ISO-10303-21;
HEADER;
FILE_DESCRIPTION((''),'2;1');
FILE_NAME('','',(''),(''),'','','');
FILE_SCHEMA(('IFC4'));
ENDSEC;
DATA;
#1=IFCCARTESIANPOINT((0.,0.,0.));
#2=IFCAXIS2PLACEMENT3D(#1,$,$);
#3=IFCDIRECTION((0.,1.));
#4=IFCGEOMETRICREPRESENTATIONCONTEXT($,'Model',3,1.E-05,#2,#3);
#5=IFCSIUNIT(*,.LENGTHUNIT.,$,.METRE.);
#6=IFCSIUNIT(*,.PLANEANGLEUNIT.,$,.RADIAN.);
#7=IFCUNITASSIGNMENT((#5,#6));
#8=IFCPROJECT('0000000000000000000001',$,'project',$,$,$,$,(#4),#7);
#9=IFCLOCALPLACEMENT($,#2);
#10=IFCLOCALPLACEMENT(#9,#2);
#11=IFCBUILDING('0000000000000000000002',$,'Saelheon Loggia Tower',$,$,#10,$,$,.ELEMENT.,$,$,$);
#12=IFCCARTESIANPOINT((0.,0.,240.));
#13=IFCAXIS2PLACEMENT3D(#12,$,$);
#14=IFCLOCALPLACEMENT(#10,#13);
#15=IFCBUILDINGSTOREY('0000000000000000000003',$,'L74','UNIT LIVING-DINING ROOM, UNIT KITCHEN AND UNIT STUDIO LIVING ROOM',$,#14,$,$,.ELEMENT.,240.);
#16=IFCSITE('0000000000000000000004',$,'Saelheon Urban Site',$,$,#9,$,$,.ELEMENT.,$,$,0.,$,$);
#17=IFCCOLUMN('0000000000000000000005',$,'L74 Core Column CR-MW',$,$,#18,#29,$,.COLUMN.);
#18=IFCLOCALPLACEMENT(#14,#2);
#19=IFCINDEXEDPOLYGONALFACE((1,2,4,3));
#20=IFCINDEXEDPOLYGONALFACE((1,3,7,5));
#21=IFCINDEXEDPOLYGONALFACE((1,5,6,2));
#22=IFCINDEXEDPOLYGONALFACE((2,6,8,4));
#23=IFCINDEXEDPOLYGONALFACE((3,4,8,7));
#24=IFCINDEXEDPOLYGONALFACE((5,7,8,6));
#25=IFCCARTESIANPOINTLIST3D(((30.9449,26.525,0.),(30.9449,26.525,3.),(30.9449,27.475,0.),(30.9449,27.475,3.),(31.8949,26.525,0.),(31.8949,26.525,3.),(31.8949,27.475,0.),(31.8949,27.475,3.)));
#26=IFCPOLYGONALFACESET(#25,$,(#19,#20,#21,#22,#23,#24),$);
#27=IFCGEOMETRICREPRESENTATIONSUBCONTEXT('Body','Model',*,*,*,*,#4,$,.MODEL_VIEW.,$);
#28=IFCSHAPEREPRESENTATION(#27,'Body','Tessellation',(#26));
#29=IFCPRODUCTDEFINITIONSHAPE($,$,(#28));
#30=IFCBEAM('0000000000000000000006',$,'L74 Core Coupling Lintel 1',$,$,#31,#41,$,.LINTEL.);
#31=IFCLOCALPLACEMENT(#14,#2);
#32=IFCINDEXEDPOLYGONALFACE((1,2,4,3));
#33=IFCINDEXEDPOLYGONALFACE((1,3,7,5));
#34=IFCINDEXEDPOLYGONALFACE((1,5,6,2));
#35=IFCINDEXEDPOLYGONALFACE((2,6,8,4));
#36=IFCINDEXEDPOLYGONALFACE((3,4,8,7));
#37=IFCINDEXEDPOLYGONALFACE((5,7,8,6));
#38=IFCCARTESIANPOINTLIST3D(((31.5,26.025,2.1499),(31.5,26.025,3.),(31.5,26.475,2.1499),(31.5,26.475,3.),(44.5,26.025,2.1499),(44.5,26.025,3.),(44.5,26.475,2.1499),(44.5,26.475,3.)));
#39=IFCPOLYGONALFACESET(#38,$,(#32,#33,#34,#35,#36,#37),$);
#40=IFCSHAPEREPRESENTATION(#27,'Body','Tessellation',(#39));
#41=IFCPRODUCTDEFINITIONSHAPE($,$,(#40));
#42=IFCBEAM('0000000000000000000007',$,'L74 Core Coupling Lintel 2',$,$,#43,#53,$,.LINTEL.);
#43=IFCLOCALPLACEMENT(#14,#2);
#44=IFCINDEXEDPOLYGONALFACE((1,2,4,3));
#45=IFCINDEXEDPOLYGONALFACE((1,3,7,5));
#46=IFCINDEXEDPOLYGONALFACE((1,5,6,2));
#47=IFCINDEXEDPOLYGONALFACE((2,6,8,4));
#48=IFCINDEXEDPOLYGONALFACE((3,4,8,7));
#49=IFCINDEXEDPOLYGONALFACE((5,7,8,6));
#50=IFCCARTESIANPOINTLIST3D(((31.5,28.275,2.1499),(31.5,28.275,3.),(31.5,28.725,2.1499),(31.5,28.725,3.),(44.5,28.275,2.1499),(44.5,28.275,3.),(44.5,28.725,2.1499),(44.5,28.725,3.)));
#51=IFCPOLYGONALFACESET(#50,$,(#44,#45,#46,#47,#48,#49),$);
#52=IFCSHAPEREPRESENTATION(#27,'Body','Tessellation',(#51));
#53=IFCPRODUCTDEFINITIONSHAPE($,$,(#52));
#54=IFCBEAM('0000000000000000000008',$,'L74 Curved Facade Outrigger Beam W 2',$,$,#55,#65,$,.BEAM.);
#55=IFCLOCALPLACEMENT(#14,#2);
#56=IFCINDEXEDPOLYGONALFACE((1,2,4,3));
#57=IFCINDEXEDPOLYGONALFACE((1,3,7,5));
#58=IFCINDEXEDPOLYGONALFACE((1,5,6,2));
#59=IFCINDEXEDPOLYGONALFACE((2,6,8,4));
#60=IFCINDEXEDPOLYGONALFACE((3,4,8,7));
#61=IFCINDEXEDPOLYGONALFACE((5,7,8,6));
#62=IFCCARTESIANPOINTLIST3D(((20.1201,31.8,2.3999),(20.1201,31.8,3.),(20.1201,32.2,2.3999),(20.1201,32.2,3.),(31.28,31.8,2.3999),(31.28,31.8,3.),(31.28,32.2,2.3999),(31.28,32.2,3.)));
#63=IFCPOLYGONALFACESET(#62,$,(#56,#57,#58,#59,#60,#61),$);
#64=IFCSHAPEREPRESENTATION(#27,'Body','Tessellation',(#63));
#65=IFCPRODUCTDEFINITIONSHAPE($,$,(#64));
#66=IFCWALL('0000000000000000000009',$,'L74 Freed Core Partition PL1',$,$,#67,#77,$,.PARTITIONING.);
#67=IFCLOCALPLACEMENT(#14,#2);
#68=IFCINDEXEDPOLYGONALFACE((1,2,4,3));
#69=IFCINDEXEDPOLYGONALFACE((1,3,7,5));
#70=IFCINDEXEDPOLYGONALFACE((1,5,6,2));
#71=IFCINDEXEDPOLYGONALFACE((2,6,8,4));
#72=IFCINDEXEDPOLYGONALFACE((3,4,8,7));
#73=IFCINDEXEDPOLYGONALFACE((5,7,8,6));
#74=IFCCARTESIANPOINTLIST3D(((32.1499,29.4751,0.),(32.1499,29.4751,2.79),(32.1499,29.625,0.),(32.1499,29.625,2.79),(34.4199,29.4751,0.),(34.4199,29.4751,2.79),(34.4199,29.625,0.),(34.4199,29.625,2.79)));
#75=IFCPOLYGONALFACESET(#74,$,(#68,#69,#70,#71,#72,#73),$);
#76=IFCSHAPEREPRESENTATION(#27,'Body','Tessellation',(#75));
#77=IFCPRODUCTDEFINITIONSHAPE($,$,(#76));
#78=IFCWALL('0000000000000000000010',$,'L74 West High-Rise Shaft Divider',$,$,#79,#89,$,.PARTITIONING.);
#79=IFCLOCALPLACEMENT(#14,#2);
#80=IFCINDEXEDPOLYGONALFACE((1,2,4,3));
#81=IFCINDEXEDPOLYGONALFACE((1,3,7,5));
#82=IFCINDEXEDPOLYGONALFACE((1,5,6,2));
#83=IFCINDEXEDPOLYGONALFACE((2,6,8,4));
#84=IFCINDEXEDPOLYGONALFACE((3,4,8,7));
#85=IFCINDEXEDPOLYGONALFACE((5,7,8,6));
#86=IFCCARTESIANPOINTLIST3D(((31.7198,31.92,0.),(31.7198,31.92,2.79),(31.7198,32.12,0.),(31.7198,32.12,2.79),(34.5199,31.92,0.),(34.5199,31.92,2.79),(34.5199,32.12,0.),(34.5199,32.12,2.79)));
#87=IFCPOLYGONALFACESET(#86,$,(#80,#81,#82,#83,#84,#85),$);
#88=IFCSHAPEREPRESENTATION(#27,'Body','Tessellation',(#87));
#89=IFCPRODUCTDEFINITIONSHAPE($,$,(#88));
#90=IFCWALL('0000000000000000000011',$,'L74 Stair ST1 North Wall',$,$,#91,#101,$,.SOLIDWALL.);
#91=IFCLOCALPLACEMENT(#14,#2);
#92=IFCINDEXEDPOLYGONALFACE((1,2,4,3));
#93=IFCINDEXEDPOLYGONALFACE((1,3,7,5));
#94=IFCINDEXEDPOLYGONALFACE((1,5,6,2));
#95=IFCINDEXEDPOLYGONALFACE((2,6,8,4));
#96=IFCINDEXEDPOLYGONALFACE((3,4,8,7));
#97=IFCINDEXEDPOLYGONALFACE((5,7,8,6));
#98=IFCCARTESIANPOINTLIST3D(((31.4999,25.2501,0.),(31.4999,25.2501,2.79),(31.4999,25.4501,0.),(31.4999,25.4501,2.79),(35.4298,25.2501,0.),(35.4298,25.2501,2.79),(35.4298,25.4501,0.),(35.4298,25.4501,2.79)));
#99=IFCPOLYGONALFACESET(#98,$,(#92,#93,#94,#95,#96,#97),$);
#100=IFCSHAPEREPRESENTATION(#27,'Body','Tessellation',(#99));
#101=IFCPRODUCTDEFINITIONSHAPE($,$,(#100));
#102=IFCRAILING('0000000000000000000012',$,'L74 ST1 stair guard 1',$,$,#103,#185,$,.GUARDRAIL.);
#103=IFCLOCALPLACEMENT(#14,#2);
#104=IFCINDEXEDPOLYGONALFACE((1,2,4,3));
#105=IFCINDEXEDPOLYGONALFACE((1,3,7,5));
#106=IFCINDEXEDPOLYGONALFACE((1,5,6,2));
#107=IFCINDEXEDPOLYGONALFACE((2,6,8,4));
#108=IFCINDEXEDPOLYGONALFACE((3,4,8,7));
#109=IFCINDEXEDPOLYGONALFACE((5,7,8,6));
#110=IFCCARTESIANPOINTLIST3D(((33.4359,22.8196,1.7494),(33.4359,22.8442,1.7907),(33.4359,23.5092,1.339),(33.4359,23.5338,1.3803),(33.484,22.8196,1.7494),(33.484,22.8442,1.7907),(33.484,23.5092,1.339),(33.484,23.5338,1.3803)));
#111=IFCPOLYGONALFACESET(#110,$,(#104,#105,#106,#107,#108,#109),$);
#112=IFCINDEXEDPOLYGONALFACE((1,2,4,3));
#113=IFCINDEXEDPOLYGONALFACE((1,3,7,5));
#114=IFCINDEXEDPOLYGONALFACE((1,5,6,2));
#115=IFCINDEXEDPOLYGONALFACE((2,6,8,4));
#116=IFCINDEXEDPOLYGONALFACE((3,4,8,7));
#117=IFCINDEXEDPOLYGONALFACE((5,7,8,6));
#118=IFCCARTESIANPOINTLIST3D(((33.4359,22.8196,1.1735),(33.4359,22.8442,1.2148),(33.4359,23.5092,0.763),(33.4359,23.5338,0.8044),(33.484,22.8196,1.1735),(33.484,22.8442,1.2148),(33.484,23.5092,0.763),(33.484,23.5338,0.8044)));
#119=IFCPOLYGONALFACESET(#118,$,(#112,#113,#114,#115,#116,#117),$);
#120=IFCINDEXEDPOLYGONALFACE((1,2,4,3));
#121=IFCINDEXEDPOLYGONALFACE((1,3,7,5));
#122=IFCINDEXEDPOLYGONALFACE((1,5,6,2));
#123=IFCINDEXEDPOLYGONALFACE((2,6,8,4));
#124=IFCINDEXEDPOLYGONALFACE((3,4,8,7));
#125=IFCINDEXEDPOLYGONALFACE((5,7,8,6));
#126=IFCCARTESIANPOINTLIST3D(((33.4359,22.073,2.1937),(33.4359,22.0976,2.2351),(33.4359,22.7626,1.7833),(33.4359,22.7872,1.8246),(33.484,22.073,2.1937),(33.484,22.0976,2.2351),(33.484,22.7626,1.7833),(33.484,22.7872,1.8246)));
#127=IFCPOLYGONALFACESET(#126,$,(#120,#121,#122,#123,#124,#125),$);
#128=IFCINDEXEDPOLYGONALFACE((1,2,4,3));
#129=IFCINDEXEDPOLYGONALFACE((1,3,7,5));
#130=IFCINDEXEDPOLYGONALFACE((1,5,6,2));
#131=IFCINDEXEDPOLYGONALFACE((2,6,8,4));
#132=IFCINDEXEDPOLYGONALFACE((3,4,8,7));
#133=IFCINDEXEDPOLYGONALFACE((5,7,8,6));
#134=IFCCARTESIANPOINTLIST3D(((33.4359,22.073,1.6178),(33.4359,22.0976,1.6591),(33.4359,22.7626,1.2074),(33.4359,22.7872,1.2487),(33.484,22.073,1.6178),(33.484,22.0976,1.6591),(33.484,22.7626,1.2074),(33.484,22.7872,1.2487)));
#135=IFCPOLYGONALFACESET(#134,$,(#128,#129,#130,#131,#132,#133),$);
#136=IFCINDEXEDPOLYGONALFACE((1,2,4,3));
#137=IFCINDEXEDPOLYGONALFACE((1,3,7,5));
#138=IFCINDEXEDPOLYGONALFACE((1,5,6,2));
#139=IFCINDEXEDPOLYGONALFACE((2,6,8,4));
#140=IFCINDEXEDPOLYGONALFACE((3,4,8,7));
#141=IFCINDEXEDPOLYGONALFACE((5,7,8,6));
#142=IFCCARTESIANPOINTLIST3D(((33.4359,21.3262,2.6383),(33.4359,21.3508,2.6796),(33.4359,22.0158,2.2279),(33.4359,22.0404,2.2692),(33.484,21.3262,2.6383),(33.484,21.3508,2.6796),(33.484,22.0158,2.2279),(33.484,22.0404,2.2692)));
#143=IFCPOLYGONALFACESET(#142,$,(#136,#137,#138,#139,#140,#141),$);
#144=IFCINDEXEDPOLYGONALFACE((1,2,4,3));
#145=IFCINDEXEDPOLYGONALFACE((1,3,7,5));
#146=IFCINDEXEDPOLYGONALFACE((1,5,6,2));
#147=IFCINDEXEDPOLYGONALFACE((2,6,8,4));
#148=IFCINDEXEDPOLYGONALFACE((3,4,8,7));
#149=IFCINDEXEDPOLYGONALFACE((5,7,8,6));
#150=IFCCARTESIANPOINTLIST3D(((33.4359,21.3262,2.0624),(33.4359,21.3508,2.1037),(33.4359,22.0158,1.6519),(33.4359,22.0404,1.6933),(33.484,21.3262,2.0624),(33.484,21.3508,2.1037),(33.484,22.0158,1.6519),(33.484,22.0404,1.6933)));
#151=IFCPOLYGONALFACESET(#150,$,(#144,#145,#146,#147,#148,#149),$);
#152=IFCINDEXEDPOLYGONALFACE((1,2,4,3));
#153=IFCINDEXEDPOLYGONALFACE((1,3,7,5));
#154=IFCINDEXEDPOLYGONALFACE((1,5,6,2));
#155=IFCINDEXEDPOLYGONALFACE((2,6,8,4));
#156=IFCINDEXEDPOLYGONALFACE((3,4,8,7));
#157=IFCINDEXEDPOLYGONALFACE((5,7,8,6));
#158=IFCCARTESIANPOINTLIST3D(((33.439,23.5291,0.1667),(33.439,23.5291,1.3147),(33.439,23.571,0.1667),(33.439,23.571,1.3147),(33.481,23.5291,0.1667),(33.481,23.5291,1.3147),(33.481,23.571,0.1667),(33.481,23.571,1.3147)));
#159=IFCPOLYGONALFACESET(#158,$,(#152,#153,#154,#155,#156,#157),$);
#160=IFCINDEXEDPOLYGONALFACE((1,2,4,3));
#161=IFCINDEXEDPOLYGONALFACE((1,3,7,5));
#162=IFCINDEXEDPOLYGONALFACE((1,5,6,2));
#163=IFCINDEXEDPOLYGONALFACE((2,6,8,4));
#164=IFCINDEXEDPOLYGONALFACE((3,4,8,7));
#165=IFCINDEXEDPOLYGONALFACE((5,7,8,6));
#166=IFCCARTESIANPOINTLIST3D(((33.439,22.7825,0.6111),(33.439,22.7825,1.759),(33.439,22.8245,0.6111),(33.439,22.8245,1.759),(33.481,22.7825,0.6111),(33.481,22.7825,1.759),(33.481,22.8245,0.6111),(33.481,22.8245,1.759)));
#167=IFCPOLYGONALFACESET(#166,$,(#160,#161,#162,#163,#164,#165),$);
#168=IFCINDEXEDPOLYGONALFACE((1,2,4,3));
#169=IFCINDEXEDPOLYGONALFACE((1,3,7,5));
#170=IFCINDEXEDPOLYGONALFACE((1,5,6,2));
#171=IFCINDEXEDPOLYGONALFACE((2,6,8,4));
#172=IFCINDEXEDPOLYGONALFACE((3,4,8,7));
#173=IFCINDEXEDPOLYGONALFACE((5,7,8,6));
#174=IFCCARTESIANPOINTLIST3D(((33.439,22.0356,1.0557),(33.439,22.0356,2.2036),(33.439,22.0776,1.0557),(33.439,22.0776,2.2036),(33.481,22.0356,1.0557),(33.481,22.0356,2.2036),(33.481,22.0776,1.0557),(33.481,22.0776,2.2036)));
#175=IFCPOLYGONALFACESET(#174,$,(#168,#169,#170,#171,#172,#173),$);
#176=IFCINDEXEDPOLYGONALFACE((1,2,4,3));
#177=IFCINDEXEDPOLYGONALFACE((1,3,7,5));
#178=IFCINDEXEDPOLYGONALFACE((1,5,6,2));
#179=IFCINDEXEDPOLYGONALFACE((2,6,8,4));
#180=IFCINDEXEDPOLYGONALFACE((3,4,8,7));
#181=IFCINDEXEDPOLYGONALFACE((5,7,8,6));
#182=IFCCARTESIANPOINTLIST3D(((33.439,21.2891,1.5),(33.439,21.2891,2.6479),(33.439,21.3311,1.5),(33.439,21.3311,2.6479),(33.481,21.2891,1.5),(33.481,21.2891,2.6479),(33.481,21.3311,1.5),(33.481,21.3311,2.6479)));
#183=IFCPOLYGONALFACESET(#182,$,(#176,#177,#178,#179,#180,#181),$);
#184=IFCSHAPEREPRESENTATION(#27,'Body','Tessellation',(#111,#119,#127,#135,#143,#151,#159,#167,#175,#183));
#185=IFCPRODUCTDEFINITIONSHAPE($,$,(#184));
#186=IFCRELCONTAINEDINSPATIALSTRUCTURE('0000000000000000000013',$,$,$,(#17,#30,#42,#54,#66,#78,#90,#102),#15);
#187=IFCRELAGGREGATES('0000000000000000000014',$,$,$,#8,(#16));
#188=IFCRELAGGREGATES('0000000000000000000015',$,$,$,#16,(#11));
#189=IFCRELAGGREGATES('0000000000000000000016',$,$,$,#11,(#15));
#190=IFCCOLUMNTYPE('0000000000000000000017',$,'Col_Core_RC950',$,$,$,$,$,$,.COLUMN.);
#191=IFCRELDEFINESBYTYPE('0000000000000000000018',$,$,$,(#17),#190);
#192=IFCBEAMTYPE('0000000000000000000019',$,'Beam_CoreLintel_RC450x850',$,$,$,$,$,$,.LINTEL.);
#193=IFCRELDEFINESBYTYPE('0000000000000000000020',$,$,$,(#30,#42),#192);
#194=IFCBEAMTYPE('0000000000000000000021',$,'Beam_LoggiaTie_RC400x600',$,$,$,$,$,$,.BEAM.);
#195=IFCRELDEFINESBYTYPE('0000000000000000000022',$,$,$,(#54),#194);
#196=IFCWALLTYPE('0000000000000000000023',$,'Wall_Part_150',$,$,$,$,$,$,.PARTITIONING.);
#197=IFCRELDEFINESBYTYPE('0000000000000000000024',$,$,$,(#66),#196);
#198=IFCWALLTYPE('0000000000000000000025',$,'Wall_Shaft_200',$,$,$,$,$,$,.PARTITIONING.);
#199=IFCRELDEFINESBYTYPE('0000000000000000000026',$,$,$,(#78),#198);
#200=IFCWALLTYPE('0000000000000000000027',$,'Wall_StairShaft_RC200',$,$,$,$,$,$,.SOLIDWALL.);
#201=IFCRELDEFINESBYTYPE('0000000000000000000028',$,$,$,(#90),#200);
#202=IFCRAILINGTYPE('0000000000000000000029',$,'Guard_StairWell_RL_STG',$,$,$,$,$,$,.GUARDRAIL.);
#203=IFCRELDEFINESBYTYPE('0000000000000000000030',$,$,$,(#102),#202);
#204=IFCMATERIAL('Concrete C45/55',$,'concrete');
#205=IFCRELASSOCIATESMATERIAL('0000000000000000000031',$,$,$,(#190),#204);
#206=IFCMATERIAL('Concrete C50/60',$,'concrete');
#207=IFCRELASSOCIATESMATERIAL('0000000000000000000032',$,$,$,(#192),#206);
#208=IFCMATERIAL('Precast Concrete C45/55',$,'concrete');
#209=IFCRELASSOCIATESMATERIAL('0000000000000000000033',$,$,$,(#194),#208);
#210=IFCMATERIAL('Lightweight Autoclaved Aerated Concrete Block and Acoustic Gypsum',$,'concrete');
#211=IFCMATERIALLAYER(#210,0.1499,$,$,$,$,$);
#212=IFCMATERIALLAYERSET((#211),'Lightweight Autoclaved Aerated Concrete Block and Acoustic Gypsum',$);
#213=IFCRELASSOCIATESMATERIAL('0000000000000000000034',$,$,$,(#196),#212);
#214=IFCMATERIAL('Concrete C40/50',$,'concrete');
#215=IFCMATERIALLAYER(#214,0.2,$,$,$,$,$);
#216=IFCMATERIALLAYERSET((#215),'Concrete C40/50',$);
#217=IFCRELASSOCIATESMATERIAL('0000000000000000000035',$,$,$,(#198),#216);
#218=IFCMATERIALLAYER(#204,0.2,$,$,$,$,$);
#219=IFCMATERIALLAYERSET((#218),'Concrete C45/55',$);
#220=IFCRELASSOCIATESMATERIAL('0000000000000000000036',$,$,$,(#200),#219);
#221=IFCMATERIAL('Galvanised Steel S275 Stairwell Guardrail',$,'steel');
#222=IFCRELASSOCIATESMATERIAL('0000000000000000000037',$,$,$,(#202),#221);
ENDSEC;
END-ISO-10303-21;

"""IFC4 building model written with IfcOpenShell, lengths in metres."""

from ifc_helpers import new_model, si_unit, direction, frame, frame_2d, origin, origin_2d, place, context, subcontext, project, spatial, rectangle, extrude, source, transform, mapped, material, layer, layer_set, material_profile, profile_set, type_object, element, save


model = new_model("IFC4")

# Units and contexts
model_context = context("Model", 3, precision=1e-05, world=origin(), true_north=direction((0.0, 1.0)))
body_context = subcontext(model_context, "Body", "Model", "MODEL_VIEW")
ifc_project = project(units=[si_unit("LENGTHUNIT", "METRE"), si_unit("PLANEANGLEUNIT", "RADIAN")], contexts=[model_context])

# Site, building, storey
site_placement = place(None, origin())
site = spatial("IfcSite", under=ifc_project, at=site_placement, Name="Saelheon Urban Site", CompositionType="ELEMENT", RefElevation=0.0)
building_placement = place(site_placement, origin())
building = spatial("IfcBuilding", under=site, at=building_placement, Name="Saelheon Loggia Tower", CompositionType="ELEMENT")
storey_placement = place(building_placement, frame((0.0, 0.0, 240.0)))
storey = spatial("IfcBuildingStorey", under=building, at=storey_placement, Name="L74", Description="UNIT LIVING-DINING ROOM, UNIT KITCHEN AND UNIT STUDIO LIVING ROOM", CompositionType="ELEMENT", Elevation=240.0)

# Column
ifc_material_1 = material(Name="Concrete C45/55", Category="concrete")
ifc_material_profile_1 = material_profile(ifc_material_1, rectangle(XDim=0.95, YDim=0.95, at=origin_2d()), Name="RC-950x950")
ifc_profile_set_1 = profile_set([ifc_material_profile_1], Name="Concrete C45/55")
column_type = type_object("IfcColumnType", Name="Col_Core_RC950", PredefinedType="COLUMN", material=ifc_profile_set_1)
shared_shape_1 = source(origin(), body_context, "Body", "SweptSolid", [
    extrude(rectangle(XDim=0.95, YDim=0.95, at=origin_2d()), origin(), (0.0, 0.0, 1.0), 3.0),
])
column_placement = place(storey_placement, frame((31.4199, 27.0, 0.0), z_axis=(0.0, 0.0, 1.0), x_axis=(1.0, 0.0, 0.0)))
element("IfcColumn", 1, at=column_placement, inside=storey, type_object=column_type, Name="L74 Core Column CR-MW", PredefinedType="COLUMN", context=body_context, shape_type="MappedRepresentation", body=[
    mapped(shared_shape_1, transform((0.0, 0.0, 0.0), scale=1.0)),
])

# Beams
ifc_material_2 = material(Name="Concrete C50/60", Category="concrete")
ifc_material_profile_2 = material_profile(ifc_material_2, rectangle(XDim=0.45, YDim=0.8501, at=origin_2d()), Name="RC-450x850")
ifc_profile_set_2 = profile_set([ifc_material_profile_2], Name="Concrete C50/60")
beam_type_1 = type_object("IfcBeamType", Name="Beam_CoreLintel_RC450x850", PredefinedType="LINTEL", material=ifc_profile_set_2)
shared_shape_2 = source(origin(), body_context, "Body", "SweptSolid", [
    extrude(rectangle(XDim=0.45, YDim=0.8501, at=origin_2d()), origin(), (0.0, 0.0, 1.0), 13.0),
])
for number, where, z_axis, x_axis, name in (
    (2, (31.5, 26.25, 2.575), (1.0, 0.0, 0.0), (0.0, 1.0, 0.0), "L74 Core Coupling Lintel 1"),
    (3, (31.5, 28.5, 2.575), (1.0, 0.0, 0.0), (0.0, 1.0, 0.0), "L74 Core Coupling Lintel 2"),
):
    element("IfcBeam", number, at=place(storey_placement, frame(where, z_axis=z_axis, x_axis=x_axis)), inside=storey, type_object=beam_type_1, Name=name, PredefinedType="LINTEL", context=body_context, shape_type="MappedRepresentation", body=[
        mapped(shared_shape_2, transform((0.0, 0.0, 0.0), scale=1.0)),
    ])
ifc_material_3 = material(Name="Precast Concrete C45/55", Category="concrete")
ifc_material_profile_3 = material_profile(ifc_material_3, rectangle(XDim=0.3999, YDim=0.6001, at=origin_2d()), Name="RC-400x600")
ifc_profile_set_3 = profile_set([ifc_material_profile_3], Name="Precast Concrete C45/55")
beam_type_2 = type_object("IfcBeamType", Name="Beam_LoggiaTie_RC400x600", PredefinedType="BEAM", material=ifc_profile_set_3)
shared_shape_3 = source(origin(), body_context, "Body", "SweptSolid", [
    extrude(rectangle(XDim=0.3999, YDim=0.6001, at=origin_2d()), origin(), (0.0, 0.0, 1.0), 11.1599),
])
beam_placement = place(storey_placement, frame((31.28, 32.0, 2.7), z_axis=(-1.0, 0.0, 0.0), x_axis=(0.0, -1.0, 0.0)))
element("IfcBeam", 4, at=beam_placement, inside=storey, type_object=beam_type_2, Name="L74 Curved Facade Outrigger Beam W 2", PredefinedType="BEAM", context=body_context, shape_type="MappedRepresentation", body=[
    mapped(shared_shape_3, transform((0.0, 0.0, 0.0), scale=1.0)),
])

# Wall
ifc_material_4 = material(Name="Lightweight Autoclaved Aerated Concrete Block and Acoustic Gypsum", Category="concrete")
ifc_layer_1 = layer(ifc_material_4, 0.1499)
ifc_layer_set_1 = layer_set([ifc_layer_1], Name="Lightweight Autoclaved Aerated Concrete Block and Acoustic Gypsum")
wall_type_1 = type_object("IfcWallType", Name="Wall_Part_150", PredefinedType="PARTITIONING", material=ifc_layer_set_1)
wall_1_placement = place(storey_placement, frame((32.1499, 29.55, 0.0), z_axis=(0.0, 0.0, 1.0), x_axis=(1.0, 0.0, 0.0)))
element("IfcWall", 5, at=wall_1_placement, inside=storey, type_object=wall_type_1, Name="L74 Freed Core Partition PL1", PredefinedType="PARTITIONING", context=body_context, shape_type="SweptSolid", body=[
    extrude(rectangle(XDim=2.27, YDim=0.1499, at=frame_2d((1.135, 0.0))), origin(), (0.0, 0.0, 1.0), 2.79),
])

# Shared definitions
ifc_material_5 = material(Name="Concrete C40/50", Category="concrete")
ifc_layer_2 = layer(ifc_material_5, 0.2)
ifc_layer_set_2 = layer_set([ifc_layer_2], Name="Concrete C40/50")
wall_type_2 = type_object("IfcWallType", Name="Wall_Shaft_200", PredefinedType="PARTITIONING", material=ifc_layer_set_2)

# Walls
wall_2_placement = place(storey_placement, frame((31.72, 32.02, 0.0), z_axis=(0.0, 0.0, 1.0), x_axis=(1.0, 0.0, 0.0)))
element("IfcWall", 6, at=wall_2_placement, inside=storey, type_object=wall_type_2, Name="L74 West High-Rise Shaft Divider", PredefinedType="PARTITIONING", context=body_context, shape_type="SweptSolid", body=[
    extrude(rectangle(XDim=2.8, YDim=0.2, at=frame_2d((1.3999, 0.0))), origin(), (0.0, 0.0, 1.0), 2.79),
])
ifc_layer_3 = layer(ifc_material_1, 0.2)
ifc_layer_set_3 = layer_set([ifc_layer_3], Name="Concrete C45/55")
wall_type_3 = type_object("IfcWallType", Name="Wall_StairShaft_RC200", PredefinedType="SOLIDWALL", material=ifc_layer_set_3)
wall_3_placement = place(storey_placement, frame((31.5, 25.3501, 0.0), z_axis=(0.0, 0.0, 1.0), x_axis=(1.0, 0.0, 0.0)))
element("IfcWall", 7, at=wall_3_placement, inside=storey, type_object=wall_type_3, Name="L74 Stair ST1 North Wall", PredefinedType="SOLIDWALL", context=body_context, shape_type="SweptSolid", body=[
    extrude(rectangle(XDim=3.9299, YDim=0.2, at=frame_2d((1.9648, 0.0))), origin(), (0.0, 0.0, 1.0), 2.79),
])

# Railing
ifc_material_6 = material(Name="Galvanised Steel S275 Stairwell Guardrail", Category="steel")
railing_type_1 = type_object("IfcRailingType", Name="Guard_StairWell_RL_STG", PredefinedType="GUARDRAIL", material=ifc_material_6)
railing_1_placement = place(storey_placement, frame((33.46, 23.55, 0.1667)))
element("IfcRailing", 8, at=railing_1_placement, inside=storey, type_object=railing_type_1, Name="L74 ST1 stair guard 1", PredefinedType="GUARDRAIL", context=body_context, shape_type="SweptSolid", body=[
    extrude(rectangle(XDim=0.0481, YDim=0.0481, at=origin_2d()), frame((0.0, -0.0286, 1.1929), z_axis=(0.0, -0.859306, 0.511462), x_axis=(1.0, 0.0, 0.0)), (0.0, 0.0, 1.0), 0.8025),
    extrude(rectangle(XDim=0.0481, YDim=0.0481, at=origin_2d()), frame((0.0, -0.0286, 0.6169), z_axis=(0.0, -0.859306, 0.511462), x_axis=(1.0, 0.0, 0.0)), (0.0, 0.0, 1.0), 0.8025),
    extrude(rectangle(XDim=0.0481, YDim=0.0481, at=origin_2d()), frame((0.0, -0.7751, 1.6372), z_axis=(0.0, -0.859306, 0.511462), x_axis=(1.0, 0.0, 0.0)), (0.0, 0.0, 1.0), 0.8025),
    extrude(rectangle(XDim=0.0481, YDim=0.0481, at=origin_2d()), frame((0.0, -0.7751, 1.0613), z_axis=(0.0, -0.859306, 0.511462), x_axis=(1.0, 0.0, 0.0)), (0.0, 0.0, 1.0), 0.8025),
    extrude(rectangle(XDim=0.0481, YDim=0.0481, at=origin_2d()), frame((0.0, -1.522, 2.0818), z_axis=(0.0, -0.859306, 0.511462), x_axis=(1.0, 0.0, 0.0)), (0.0, 0.0, 1.0), 0.8025),
    extrude(rectangle(XDim=0.0481, YDim=0.0481, at=origin_2d()), frame((0.0, -1.522, 1.5059), z_axis=(0.0, -0.859306, 0.511462), x_axis=(1.0, 0.0, 0.0)), (0.0, 0.0, 1.0), 0.8025),
    extrude(rectangle(XDim=0.042, YDim=0.042, at=origin_2d()), origin(), (0.0, 0.0, 1.0), 1.1479),
    extrude(rectangle(XDim=0.042, YDim=0.042, at=origin_2d()), frame((0.0, -0.7466, 0.4443)), (0.0, 0.0, 1.0), 1.1479),
    extrude(rectangle(XDim=0.042, YDim=0.042, at=origin_2d()), frame((0.0, -1.4934, 0.8889)), (0.0, 0.0, 1.0), 1.1479),
    extrude(rectangle(XDim=0.042, YDim=0.042, at=origin_2d()), frame((0.0, -2.24, 1.3333)), (0.0, 0.0, 1.0), 1.1479),
])

save(model, "model.ifc")
